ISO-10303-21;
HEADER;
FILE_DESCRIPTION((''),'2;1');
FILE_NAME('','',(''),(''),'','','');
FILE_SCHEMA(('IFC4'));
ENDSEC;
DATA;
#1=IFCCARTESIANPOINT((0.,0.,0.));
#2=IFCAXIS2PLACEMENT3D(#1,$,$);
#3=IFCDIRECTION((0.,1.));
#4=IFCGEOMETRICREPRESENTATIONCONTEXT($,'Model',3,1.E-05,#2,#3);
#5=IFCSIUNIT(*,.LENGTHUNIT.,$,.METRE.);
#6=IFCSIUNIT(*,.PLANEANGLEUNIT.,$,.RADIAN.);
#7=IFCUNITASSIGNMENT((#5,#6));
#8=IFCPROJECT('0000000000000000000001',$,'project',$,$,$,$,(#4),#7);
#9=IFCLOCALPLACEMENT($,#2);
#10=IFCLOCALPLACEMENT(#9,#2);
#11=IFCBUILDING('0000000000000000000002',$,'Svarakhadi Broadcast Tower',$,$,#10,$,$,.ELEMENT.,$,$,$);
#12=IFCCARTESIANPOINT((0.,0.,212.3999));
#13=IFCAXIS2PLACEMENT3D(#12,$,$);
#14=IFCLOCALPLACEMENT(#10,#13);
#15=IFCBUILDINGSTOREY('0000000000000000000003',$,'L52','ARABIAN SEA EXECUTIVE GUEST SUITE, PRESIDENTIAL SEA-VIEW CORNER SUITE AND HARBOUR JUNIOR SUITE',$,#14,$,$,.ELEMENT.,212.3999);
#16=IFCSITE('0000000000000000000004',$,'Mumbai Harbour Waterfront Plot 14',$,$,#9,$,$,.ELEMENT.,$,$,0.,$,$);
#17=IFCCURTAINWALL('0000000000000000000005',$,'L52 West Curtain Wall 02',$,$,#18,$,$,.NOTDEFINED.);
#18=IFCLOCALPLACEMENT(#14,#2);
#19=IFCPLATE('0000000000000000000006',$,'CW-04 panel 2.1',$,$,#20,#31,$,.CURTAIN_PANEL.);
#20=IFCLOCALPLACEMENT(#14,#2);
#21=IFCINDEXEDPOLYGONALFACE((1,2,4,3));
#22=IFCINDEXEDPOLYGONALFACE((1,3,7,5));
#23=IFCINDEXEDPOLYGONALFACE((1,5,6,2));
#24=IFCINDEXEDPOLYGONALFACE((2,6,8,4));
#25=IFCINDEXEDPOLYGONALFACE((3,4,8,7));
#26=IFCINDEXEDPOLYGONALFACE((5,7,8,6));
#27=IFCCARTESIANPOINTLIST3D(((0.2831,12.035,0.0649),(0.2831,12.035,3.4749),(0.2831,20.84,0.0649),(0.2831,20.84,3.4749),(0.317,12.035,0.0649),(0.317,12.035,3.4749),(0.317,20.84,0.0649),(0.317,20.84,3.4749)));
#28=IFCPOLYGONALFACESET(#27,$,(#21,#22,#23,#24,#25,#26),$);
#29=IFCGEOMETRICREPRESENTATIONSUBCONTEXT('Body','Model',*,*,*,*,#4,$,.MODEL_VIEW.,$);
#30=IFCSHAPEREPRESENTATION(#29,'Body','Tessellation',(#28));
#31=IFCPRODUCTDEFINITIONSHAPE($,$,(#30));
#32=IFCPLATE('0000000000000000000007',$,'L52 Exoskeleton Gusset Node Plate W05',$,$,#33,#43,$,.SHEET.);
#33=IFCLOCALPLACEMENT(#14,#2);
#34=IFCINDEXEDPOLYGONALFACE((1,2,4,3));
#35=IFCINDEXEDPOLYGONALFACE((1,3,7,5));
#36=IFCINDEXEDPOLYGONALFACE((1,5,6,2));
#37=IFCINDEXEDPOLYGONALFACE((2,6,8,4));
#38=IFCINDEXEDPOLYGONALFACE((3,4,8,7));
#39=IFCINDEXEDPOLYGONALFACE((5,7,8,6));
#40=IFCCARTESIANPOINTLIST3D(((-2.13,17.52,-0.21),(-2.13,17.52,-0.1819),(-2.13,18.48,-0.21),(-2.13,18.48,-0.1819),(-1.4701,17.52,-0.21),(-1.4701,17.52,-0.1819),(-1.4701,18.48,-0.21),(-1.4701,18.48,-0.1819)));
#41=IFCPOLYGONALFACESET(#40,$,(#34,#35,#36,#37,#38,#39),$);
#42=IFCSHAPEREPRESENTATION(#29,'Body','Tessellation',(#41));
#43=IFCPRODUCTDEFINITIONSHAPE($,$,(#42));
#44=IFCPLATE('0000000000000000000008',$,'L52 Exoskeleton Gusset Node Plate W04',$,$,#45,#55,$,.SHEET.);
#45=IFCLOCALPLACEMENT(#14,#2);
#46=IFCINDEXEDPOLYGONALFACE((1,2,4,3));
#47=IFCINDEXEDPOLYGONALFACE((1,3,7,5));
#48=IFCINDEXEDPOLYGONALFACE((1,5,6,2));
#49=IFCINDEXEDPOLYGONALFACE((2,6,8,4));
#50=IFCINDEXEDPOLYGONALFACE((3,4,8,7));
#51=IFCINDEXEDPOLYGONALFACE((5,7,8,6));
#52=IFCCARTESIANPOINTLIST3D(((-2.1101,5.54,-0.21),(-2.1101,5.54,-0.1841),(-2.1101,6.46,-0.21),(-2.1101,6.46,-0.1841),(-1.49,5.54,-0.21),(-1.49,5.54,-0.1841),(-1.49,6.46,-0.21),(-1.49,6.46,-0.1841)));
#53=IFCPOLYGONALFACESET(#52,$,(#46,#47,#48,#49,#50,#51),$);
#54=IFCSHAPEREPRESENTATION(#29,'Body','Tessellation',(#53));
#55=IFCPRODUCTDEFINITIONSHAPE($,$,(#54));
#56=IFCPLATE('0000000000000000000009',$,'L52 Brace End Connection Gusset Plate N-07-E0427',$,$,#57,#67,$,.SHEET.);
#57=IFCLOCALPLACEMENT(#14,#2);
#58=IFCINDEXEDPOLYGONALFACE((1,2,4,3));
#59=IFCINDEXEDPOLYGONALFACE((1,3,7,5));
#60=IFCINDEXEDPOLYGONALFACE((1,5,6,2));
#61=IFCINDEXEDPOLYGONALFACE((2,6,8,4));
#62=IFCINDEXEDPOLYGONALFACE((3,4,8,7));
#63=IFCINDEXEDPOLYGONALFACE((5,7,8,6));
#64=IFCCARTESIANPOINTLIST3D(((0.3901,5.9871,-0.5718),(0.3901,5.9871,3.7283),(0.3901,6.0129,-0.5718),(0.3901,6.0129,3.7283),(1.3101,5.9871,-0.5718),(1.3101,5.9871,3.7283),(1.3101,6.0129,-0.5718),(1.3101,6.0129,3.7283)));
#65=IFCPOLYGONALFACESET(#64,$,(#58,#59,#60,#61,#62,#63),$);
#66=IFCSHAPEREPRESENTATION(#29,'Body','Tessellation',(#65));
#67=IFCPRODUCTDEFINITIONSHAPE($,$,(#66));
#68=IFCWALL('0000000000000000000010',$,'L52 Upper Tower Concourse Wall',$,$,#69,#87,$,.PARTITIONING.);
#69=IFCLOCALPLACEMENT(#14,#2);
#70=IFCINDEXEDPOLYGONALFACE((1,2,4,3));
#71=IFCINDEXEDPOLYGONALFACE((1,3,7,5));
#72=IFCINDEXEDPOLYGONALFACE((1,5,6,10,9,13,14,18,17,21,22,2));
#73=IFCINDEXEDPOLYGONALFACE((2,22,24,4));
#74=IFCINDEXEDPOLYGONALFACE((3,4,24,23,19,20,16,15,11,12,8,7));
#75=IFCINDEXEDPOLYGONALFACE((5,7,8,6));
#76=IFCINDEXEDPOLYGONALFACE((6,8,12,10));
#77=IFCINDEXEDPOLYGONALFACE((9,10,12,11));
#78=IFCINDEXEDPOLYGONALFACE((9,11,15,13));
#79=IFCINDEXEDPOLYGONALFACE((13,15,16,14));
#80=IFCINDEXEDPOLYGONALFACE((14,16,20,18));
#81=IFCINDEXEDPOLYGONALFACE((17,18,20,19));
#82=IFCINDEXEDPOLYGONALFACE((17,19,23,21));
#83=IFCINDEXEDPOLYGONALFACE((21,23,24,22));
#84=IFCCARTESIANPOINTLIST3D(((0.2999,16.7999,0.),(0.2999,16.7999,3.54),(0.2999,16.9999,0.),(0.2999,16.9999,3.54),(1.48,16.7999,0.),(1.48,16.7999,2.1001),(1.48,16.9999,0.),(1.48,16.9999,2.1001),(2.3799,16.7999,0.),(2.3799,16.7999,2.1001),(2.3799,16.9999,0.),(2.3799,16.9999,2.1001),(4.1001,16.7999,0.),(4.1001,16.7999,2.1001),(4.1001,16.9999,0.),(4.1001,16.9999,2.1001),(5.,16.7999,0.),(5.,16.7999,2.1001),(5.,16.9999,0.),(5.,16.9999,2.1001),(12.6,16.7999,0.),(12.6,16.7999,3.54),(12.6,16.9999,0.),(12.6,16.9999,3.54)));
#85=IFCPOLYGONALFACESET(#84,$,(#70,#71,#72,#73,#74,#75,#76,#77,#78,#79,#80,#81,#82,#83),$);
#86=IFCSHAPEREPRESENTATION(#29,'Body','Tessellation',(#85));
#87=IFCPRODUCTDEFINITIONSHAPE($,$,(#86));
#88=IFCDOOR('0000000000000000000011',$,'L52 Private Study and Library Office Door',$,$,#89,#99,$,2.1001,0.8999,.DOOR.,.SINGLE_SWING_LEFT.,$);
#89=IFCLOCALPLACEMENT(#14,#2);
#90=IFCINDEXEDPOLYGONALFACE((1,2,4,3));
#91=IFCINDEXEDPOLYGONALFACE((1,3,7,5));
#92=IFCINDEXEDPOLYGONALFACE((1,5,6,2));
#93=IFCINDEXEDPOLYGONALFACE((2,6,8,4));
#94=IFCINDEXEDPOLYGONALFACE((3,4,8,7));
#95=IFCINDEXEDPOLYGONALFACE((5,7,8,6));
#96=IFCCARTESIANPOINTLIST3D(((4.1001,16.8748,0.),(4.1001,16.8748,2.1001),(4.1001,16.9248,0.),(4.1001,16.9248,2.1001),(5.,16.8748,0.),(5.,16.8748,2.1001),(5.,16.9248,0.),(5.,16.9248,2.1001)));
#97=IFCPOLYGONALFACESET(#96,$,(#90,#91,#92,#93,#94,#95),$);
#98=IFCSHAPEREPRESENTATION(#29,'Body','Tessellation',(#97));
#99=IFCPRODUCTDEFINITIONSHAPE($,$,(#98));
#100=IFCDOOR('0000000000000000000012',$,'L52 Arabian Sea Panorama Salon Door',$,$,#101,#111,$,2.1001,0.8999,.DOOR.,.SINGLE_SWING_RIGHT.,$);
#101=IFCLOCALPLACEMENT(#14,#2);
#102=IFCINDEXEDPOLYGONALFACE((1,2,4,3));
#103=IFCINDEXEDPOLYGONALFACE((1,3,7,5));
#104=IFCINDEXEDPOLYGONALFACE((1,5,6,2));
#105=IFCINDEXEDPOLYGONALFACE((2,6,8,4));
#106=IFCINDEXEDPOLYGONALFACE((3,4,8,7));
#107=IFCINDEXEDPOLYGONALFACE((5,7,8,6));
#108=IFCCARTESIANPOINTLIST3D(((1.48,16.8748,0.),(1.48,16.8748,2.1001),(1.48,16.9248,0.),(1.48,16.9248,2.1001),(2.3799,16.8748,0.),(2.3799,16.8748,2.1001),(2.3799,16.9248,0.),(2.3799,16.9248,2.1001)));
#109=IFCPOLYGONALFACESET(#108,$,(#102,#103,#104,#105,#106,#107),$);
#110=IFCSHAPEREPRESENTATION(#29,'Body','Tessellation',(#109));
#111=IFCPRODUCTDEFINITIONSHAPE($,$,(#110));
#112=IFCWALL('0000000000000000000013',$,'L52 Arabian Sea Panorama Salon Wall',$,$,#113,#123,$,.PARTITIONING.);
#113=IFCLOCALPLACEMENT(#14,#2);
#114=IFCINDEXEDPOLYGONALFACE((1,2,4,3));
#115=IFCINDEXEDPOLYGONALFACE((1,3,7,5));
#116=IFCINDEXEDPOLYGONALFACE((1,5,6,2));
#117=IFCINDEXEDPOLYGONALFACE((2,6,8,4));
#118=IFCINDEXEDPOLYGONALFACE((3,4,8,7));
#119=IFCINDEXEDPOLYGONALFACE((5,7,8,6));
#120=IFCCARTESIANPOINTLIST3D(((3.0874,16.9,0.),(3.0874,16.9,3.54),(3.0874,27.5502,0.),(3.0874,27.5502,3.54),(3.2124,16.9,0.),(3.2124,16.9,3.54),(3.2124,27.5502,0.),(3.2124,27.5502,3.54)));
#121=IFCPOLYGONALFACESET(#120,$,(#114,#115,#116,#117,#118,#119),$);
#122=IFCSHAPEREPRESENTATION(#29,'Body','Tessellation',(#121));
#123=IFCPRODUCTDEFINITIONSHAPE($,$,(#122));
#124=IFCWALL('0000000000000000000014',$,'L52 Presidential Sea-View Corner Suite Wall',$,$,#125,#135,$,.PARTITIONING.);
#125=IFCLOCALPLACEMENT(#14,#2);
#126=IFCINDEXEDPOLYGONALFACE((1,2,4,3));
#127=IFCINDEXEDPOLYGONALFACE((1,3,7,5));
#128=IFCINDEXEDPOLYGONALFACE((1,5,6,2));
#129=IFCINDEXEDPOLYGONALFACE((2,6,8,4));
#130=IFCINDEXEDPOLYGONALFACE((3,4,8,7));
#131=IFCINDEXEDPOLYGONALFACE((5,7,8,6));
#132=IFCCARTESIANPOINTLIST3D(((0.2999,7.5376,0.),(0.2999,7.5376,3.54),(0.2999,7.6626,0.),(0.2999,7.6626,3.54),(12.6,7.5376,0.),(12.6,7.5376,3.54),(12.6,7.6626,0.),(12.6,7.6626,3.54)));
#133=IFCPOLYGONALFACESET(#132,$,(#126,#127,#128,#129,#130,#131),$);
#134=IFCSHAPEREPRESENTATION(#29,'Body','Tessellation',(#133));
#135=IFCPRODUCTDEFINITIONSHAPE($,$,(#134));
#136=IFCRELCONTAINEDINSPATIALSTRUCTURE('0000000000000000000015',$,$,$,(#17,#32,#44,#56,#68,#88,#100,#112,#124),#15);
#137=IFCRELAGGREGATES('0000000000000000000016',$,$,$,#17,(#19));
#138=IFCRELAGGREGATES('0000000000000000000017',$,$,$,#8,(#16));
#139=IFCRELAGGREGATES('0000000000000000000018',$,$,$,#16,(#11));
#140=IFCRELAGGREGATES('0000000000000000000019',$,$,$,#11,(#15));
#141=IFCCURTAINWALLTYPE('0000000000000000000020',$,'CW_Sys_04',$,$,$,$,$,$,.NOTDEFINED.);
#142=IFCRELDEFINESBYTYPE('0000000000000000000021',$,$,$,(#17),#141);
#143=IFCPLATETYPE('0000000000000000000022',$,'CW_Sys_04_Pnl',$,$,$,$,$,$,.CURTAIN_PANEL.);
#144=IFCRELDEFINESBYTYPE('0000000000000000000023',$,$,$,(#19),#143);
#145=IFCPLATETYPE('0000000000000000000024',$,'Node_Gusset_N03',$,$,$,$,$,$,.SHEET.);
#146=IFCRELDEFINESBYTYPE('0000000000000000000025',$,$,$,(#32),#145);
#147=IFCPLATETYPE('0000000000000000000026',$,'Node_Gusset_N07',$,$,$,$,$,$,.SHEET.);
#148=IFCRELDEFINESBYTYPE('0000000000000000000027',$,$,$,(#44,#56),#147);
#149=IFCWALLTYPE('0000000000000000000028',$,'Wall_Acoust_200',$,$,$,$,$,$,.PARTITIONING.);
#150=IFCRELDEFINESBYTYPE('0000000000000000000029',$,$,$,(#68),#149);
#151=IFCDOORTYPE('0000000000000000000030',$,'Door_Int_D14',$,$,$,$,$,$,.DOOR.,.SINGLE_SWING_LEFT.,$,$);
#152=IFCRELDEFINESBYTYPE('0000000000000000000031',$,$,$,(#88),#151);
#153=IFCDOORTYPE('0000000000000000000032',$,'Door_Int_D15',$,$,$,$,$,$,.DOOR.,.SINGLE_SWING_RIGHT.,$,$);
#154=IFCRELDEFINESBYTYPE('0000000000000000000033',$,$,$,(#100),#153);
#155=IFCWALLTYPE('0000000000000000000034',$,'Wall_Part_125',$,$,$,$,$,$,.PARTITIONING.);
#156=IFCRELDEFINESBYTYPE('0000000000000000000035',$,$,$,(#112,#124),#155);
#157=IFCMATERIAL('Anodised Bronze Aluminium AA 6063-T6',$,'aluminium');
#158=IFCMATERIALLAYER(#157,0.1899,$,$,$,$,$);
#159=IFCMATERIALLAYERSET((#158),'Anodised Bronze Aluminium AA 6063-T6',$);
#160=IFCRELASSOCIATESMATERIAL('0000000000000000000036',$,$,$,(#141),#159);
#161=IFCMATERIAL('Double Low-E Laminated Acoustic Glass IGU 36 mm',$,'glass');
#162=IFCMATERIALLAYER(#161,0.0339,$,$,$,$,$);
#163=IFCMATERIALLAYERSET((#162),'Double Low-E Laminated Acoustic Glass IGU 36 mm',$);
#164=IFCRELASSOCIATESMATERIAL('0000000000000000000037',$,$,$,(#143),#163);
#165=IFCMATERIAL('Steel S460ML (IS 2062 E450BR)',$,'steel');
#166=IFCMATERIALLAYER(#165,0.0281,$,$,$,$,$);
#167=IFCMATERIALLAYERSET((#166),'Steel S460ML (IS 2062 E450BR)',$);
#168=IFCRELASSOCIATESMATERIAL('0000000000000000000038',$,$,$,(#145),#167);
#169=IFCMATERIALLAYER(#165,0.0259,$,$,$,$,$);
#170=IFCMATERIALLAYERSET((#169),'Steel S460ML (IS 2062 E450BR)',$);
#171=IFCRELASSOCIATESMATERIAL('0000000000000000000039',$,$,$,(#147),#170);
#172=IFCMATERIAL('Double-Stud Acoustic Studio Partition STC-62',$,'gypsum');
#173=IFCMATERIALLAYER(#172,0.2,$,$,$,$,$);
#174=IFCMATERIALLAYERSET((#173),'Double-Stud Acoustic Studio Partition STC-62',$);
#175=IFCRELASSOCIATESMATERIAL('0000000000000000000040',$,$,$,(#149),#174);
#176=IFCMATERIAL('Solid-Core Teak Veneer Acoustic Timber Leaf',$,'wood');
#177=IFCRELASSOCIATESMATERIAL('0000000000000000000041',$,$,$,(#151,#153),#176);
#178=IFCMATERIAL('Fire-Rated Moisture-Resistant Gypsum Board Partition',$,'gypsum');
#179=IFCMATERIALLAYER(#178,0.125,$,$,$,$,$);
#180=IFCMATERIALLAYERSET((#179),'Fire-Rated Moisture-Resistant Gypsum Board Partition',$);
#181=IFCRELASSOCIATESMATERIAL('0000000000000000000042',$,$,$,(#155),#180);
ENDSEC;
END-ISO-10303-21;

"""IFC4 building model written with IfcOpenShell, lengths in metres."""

from ifc_helpers import new_model, si_unit, direction, frame, frame_2d, origin, origin_2d, place, context, subcontext, project, spatial, rectangle, extrude, material, layer, layer_set, type_object, element, fill, aggregate, save


model = new_model("IFC4")

# Units and contexts
model_context = context("Model", 3, precision=1e-05, world=origin(), true_north=direction((0.0, 1.0)))
body_context = subcontext(model_context, "Body", "Model", "MODEL_VIEW")
ifc_project = project(units=[si_unit("LENGTHUNIT", "METRE"), si_unit("PLANEANGLEUNIT", "RADIAN")], contexts=[model_context])

# Site, building, storey
site_placement = place(None, origin())
site = spatial("IfcSite", under=ifc_project, at=site_placement, Name="Mumbai Harbour Waterfront Plot 14", CompositionType="ELEMENT", RefElevation=0.0)
building_placement = place(site_placement, origin())
building = spatial("IfcBuilding", under=site, at=building_placement, Name="Svarakhadi Broadcast Tower", CompositionType="ELEMENT")
storey_placement = place(building_placement, frame((0.0, 0.0, 212.3999)))
storey = spatial("IfcBuildingStorey", under=building, at=storey_placement, Name="L52", Description="ARABIAN SEA EXECUTIVE GUEST SUITE, PRESIDENTIAL SEA-VIEW CORNER SUITE AND HARBOUR JUNIOR SUITE", CompositionType="ELEMENT", Elevation=212.3999)

# Shared definitions
ifc_material_1 = material(Name="Steel S460ML (IS 2062 E450BR)", Category="steel")

# Curtain wall
ifc_material_2 = material(Name="Anodised Bronze Aluminium AA 6063-T6", Category="aluminium")
ifc_layer_1 = layer(ifc_material_2, 0.1899)
ifc_layer_set_1 = layer_set([ifc_layer_1], Name="Anodised Bronze Aluminium AA 6063-T6")
curtain_wall_type = type_object("IfcCurtainWallType", Name="CW_Sys_04", PredefinedType="NOTDEFINED", material=ifc_layer_set_1)
curtain_wall_placement = place(storey_placement, origin())
curtain_wall = element("IfcCurtainWall", 1, at=curtain_wall_placement, inside=storey, type_object=curtain_wall_type, Name="L52 West Curtain Wall 02", PredefinedType="NOTDEFINED")

# Plate
ifc_material_3 = material(Name="Double Low-E Laminated Acoustic Glass IGU 36 mm", Category="glass")
ifc_layer_2 = layer(ifc_material_3, 0.0339)
ifc_layer_set_2 = layer_set([ifc_layer_2], Name="Double Low-E Laminated Acoustic Glass IGU 36 mm")
plate_type_1 = type_object("IfcPlateType", Name="CW_Sys_04_Pnl", PredefinedType="CURTAIN_PANEL", material=ifc_layer_set_2)
plate_1_placement = place(storey_placement, frame((0.3, 16.4375, 0.0649), z_axis=(0.0, 0.0, 1.0), x_axis=(0.0, 1.0, 0.0)))
plate_1 = element("IfcPlate", 2, at=plate_1_placement, type_object=plate_type_1, Name="CW-04 panel 2.1", PredefinedType="CURTAIN_PANEL", context=body_context, shape_type="SweptSolid", body=[
    extrude(rectangle(XDim=8.8049, YDim=0.0339, at=origin_2d()), origin(), (0.0, 0.0, 1.0), 3.4099),
])
aggregate(curtain_wall, [plate_1])

# Plates
ifc_layer_3 = layer(ifc_material_1, 0.0281)
ifc_layer_set_3 = layer_set([ifc_layer_3], Name="Steel S460ML (IS 2062 E450BR)")
plate_type_2 = type_object("IfcPlateType", Name="Node_Gusset_N03", PredefinedType="SHEET", material=ifc_layer_set_3)
plate_2_placement = place(storey_placement, frame((-1.8, 18.0, -0.21), z_axis=(0.0, 0.0, 1.0), x_axis=(0.0, 1.0, 0.0)))
element("IfcPlate", 3, at=plate_2_placement, inside=storey, type_object=plate_type_2, Name="L52 Exoskeleton Gusset Node Plate W05", PredefinedType="SHEET", context=body_context, shape_type="SweptSolid", body=[
    extrude(rectangle(XDim=0.96, YDim=0.6599, at=origin_2d()), origin(), (0.0, 0.0, 1.0), 0.0281),
])
ifc_layer_4 = layer(ifc_material_1, 0.0259)
ifc_layer_set_4 = layer_set([ifc_layer_4], Name="Steel S460ML (IS 2062 E450BR)")
plate_type_3 = type_object("IfcPlateType", Name="Node_Gusset_N07", PredefinedType="SHEET", material=ifc_layer_set_4)
plate_3_placement = place(storey_placement, frame((-1.8, 6.0, -0.21), z_axis=(0.0, 0.0, 1.0), x_axis=(0.0, 1.0, 0.0)))
element("IfcPlate", 4, at=plate_3_placement, inside=storey, type_object=plate_type_3, Name="L52 Exoskeleton Gusset Node Plate W04", PredefinedType="SHEET", context=body_context, shape_type="SweptSolid", body=[
    extrude(rectangle(XDim=0.9199, YDim=0.6201, at=origin_2d()), origin(), (0.0, 0.0, 1.0), 0.0259),
])
plate_4_placement = place(storey_placement, frame((0.8501, 6.0, -0.5718), z_axis=(0.0, 0.0, 1.0), x_axis=(1.0, 0.0, 0.0)))
element("IfcPlate", 5, at=plate_4_placement, inside=storey, type_object=plate_type_3, Name="L52 Brace End Connection Gusset Plate N-07-E0427", PredefinedType="SHEET", context=body_context, shape_type="SweptSolid", body=[
    extrude(rectangle(XDim=0.9199, YDim=0.0259, at=origin_2d()), origin(), (0.0, 0.0, 1.0), 4.3),
])

# Wall, openings, doors
ifc_material_4 = material(Name="Double-Stud Acoustic Studio Partition STC-62", Category="gypsum")
ifc_layer_5 = layer(ifc_material_4, 0.2)
ifc_layer_set_5 = layer_set([ifc_layer_5], Name="Double-Stud Acoustic Studio Partition STC-62")
wall_type_1 = type_object("IfcWallType", Name="Wall_Acoust_200", PredefinedType="PARTITIONING", material=ifc_layer_set_5)
wall_1_placement = place(storey_placement, frame((0.3, 16.8999, 0.0), z_axis=(0.0, 0.0, 1.0), x_axis=(1.0, 0.0, 0.0)))
wall_1 = element("IfcWall", 6, at=wall_1_placement, inside=storey, type_object=wall_type_1, Name="L52 Upper Tower Concourse Wall", PredefinedType="PARTITIONING", context=body_context, shape_type="SweptSolid", body=[
    extrude(rectangle(XDim=12.3, YDim=0.2, at=frame_2d((6.1499, 0.0))), origin(), (0.0, 0.0, 1.0), 3.54),
])
opening_1_placement = place(wall_1_placement, frame((1.1799, 0.0, 0.0)))
opening_1 = element("IfcOpeningElement", 7, at=opening_1_placement, cuts=wall_1, PredefinedType="OPENING", context=body_context, shape_type="SweptSolid", body=[
    extrude(rectangle(XDim=0.8999, YDim=2.1001, at=frame_2d((0.45, 1.05))), frame((0.0, 0.1099, 0.0), z_axis=(0.0, -1.0, 0.0), x_axis=(1.0, 0.0, 0.0)), (0.0, 0.0, 1.0), 0.22),
])
opening_2_placement = place(wall_1_placement, frame((3.8, 0.0, 0.0)))
opening_2 = element("IfcOpeningElement", 8, at=opening_2_placement, cuts=wall_1, PredefinedType="OPENING", context=body_context, shape_type="SweptSolid", body=[
    extrude(rectangle(XDim=0.8999, YDim=2.1001, at=frame_2d((0.45, 1.05))), frame((0.0, 0.1099, 0.0), z_axis=(0.0, -1.0, 0.0), x_axis=(1.0, 0.0, 0.0)), (0.0, 0.0, 1.0), 0.22),
])
ifc_material_5 = material(Name="Solid-Core Teak Veneer Acoustic Timber Leaf", Category="wood")
door_type_1 = type_object("IfcDoorType", Name="Door_Int_D14", OperationType="SINGLE_SWING_LEFT", PredefinedType="DOOR", material=ifc_material_5)
door_1_placement = place(opening_2_placement, origin())
door_1 = element("IfcDoor", 9, at=door_1_placement, inside=storey, type_object=door_type_1, Name="L52 Private Study and Library Office Door", OperationType="SINGLE_SWING_LEFT", OverallHeight=2.1001, OverallWidth=0.8999, PredefinedType="DOOR", context=body_context, shape_type="SweptSolid", body=[
    extrude(rectangle(XDim=0.8999, YDim=2.1001, at=frame_2d((0.45, 1.05))), frame((0.0, 0.0249, 0.0), z_axis=(0.0, -1.0, 0.0), x_axis=(1.0, 0.0, 0.0)), (0.0, 0.0, 1.0), 0.05),
])
fill(opening_2, door_1)
door_type_2 = type_object("IfcDoorType", Name="Door_Int_D15", OperationType="SINGLE_SWING_RIGHT", PredefinedType="DOOR", material=ifc_material_5)
door_2_placement = place(opening_1_placement, origin())
door_2 = element("IfcDoor", 10, at=door_2_placement, inside=storey, type_object=door_type_2, Name="L52 Arabian Sea Panorama Salon Door", OperationType="SINGLE_SWING_RIGHT", OverallHeight=2.1001, OverallWidth=0.8999, PredefinedType="DOOR", context=body_context, shape_type="SweptSolid", body=[
    extrude(rectangle(XDim=0.8999, YDim=2.1001, at=frame_2d((0.45, 1.05))), frame((0.0, 0.0249, 0.0), z_axis=(0.0, -1.0, 0.0), x_axis=(1.0, 0.0, 0.0)), (0.0, 0.0, 1.0), 0.05),
])
fill(opening_1, door_2)

# Walls
ifc_material_6 = material(Name="Fire-Rated Moisture-Resistant Gypsum Board Partition", Category="gypsum")
ifc_layer_6 = layer(ifc_material_6, 0.125)
ifc_layer_set_6 = layer_set([ifc_layer_6], Name="Fire-Rated Moisture-Resistant Gypsum Board Partition")
wall_type_2 = type_object("IfcWallType", Name="Wall_Part_125", PredefinedType="PARTITIONING", material=ifc_layer_set_6)
wall_2_placement = place(storey_placement, frame((3.1499, 16.8999, 0.0), z_axis=(0.0, 0.0, 1.0), x_axis=(0.0, 1.0, 0.0)))
element("IfcWall", 11, at=wall_2_placement, inside=storey, type_object=wall_type_2, Name="L52 Arabian Sea Panorama Salon Wall", PredefinedType="PARTITIONING", context=body_context, shape_type="SweptSolid", body=[
    extrude(rectangle(XDim=10.6501, YDim=0.125, at=frame_2d((5.3252, 0.0))), origin(), (0.0, 0.0, 1.0), 3.54),
])
wall_3_placement = place(storey_placement, frame((0.3, 7.6001, 0.0), z_axis=(0.0, 0.0, 1.0), x_axis=(1.0, 0.0, 0.0)))
element("IfcWall", 12, at=wall_3_placement, inside=storey, type_object=wall_type_2, Name="L52 Presidential Sea-View Corner Suite Wall", PredefinedType="PARTITIONING", context=body_context, shape_type="SweptSolid", body=[
    extrude(rectangle(XDim=12.3, YDim=0.125, at=frame_2d((6.1499, 0.0))), origin(), (0.0, 0.0, 1.0), 3.54),
])

save(model, "model.ifc")
